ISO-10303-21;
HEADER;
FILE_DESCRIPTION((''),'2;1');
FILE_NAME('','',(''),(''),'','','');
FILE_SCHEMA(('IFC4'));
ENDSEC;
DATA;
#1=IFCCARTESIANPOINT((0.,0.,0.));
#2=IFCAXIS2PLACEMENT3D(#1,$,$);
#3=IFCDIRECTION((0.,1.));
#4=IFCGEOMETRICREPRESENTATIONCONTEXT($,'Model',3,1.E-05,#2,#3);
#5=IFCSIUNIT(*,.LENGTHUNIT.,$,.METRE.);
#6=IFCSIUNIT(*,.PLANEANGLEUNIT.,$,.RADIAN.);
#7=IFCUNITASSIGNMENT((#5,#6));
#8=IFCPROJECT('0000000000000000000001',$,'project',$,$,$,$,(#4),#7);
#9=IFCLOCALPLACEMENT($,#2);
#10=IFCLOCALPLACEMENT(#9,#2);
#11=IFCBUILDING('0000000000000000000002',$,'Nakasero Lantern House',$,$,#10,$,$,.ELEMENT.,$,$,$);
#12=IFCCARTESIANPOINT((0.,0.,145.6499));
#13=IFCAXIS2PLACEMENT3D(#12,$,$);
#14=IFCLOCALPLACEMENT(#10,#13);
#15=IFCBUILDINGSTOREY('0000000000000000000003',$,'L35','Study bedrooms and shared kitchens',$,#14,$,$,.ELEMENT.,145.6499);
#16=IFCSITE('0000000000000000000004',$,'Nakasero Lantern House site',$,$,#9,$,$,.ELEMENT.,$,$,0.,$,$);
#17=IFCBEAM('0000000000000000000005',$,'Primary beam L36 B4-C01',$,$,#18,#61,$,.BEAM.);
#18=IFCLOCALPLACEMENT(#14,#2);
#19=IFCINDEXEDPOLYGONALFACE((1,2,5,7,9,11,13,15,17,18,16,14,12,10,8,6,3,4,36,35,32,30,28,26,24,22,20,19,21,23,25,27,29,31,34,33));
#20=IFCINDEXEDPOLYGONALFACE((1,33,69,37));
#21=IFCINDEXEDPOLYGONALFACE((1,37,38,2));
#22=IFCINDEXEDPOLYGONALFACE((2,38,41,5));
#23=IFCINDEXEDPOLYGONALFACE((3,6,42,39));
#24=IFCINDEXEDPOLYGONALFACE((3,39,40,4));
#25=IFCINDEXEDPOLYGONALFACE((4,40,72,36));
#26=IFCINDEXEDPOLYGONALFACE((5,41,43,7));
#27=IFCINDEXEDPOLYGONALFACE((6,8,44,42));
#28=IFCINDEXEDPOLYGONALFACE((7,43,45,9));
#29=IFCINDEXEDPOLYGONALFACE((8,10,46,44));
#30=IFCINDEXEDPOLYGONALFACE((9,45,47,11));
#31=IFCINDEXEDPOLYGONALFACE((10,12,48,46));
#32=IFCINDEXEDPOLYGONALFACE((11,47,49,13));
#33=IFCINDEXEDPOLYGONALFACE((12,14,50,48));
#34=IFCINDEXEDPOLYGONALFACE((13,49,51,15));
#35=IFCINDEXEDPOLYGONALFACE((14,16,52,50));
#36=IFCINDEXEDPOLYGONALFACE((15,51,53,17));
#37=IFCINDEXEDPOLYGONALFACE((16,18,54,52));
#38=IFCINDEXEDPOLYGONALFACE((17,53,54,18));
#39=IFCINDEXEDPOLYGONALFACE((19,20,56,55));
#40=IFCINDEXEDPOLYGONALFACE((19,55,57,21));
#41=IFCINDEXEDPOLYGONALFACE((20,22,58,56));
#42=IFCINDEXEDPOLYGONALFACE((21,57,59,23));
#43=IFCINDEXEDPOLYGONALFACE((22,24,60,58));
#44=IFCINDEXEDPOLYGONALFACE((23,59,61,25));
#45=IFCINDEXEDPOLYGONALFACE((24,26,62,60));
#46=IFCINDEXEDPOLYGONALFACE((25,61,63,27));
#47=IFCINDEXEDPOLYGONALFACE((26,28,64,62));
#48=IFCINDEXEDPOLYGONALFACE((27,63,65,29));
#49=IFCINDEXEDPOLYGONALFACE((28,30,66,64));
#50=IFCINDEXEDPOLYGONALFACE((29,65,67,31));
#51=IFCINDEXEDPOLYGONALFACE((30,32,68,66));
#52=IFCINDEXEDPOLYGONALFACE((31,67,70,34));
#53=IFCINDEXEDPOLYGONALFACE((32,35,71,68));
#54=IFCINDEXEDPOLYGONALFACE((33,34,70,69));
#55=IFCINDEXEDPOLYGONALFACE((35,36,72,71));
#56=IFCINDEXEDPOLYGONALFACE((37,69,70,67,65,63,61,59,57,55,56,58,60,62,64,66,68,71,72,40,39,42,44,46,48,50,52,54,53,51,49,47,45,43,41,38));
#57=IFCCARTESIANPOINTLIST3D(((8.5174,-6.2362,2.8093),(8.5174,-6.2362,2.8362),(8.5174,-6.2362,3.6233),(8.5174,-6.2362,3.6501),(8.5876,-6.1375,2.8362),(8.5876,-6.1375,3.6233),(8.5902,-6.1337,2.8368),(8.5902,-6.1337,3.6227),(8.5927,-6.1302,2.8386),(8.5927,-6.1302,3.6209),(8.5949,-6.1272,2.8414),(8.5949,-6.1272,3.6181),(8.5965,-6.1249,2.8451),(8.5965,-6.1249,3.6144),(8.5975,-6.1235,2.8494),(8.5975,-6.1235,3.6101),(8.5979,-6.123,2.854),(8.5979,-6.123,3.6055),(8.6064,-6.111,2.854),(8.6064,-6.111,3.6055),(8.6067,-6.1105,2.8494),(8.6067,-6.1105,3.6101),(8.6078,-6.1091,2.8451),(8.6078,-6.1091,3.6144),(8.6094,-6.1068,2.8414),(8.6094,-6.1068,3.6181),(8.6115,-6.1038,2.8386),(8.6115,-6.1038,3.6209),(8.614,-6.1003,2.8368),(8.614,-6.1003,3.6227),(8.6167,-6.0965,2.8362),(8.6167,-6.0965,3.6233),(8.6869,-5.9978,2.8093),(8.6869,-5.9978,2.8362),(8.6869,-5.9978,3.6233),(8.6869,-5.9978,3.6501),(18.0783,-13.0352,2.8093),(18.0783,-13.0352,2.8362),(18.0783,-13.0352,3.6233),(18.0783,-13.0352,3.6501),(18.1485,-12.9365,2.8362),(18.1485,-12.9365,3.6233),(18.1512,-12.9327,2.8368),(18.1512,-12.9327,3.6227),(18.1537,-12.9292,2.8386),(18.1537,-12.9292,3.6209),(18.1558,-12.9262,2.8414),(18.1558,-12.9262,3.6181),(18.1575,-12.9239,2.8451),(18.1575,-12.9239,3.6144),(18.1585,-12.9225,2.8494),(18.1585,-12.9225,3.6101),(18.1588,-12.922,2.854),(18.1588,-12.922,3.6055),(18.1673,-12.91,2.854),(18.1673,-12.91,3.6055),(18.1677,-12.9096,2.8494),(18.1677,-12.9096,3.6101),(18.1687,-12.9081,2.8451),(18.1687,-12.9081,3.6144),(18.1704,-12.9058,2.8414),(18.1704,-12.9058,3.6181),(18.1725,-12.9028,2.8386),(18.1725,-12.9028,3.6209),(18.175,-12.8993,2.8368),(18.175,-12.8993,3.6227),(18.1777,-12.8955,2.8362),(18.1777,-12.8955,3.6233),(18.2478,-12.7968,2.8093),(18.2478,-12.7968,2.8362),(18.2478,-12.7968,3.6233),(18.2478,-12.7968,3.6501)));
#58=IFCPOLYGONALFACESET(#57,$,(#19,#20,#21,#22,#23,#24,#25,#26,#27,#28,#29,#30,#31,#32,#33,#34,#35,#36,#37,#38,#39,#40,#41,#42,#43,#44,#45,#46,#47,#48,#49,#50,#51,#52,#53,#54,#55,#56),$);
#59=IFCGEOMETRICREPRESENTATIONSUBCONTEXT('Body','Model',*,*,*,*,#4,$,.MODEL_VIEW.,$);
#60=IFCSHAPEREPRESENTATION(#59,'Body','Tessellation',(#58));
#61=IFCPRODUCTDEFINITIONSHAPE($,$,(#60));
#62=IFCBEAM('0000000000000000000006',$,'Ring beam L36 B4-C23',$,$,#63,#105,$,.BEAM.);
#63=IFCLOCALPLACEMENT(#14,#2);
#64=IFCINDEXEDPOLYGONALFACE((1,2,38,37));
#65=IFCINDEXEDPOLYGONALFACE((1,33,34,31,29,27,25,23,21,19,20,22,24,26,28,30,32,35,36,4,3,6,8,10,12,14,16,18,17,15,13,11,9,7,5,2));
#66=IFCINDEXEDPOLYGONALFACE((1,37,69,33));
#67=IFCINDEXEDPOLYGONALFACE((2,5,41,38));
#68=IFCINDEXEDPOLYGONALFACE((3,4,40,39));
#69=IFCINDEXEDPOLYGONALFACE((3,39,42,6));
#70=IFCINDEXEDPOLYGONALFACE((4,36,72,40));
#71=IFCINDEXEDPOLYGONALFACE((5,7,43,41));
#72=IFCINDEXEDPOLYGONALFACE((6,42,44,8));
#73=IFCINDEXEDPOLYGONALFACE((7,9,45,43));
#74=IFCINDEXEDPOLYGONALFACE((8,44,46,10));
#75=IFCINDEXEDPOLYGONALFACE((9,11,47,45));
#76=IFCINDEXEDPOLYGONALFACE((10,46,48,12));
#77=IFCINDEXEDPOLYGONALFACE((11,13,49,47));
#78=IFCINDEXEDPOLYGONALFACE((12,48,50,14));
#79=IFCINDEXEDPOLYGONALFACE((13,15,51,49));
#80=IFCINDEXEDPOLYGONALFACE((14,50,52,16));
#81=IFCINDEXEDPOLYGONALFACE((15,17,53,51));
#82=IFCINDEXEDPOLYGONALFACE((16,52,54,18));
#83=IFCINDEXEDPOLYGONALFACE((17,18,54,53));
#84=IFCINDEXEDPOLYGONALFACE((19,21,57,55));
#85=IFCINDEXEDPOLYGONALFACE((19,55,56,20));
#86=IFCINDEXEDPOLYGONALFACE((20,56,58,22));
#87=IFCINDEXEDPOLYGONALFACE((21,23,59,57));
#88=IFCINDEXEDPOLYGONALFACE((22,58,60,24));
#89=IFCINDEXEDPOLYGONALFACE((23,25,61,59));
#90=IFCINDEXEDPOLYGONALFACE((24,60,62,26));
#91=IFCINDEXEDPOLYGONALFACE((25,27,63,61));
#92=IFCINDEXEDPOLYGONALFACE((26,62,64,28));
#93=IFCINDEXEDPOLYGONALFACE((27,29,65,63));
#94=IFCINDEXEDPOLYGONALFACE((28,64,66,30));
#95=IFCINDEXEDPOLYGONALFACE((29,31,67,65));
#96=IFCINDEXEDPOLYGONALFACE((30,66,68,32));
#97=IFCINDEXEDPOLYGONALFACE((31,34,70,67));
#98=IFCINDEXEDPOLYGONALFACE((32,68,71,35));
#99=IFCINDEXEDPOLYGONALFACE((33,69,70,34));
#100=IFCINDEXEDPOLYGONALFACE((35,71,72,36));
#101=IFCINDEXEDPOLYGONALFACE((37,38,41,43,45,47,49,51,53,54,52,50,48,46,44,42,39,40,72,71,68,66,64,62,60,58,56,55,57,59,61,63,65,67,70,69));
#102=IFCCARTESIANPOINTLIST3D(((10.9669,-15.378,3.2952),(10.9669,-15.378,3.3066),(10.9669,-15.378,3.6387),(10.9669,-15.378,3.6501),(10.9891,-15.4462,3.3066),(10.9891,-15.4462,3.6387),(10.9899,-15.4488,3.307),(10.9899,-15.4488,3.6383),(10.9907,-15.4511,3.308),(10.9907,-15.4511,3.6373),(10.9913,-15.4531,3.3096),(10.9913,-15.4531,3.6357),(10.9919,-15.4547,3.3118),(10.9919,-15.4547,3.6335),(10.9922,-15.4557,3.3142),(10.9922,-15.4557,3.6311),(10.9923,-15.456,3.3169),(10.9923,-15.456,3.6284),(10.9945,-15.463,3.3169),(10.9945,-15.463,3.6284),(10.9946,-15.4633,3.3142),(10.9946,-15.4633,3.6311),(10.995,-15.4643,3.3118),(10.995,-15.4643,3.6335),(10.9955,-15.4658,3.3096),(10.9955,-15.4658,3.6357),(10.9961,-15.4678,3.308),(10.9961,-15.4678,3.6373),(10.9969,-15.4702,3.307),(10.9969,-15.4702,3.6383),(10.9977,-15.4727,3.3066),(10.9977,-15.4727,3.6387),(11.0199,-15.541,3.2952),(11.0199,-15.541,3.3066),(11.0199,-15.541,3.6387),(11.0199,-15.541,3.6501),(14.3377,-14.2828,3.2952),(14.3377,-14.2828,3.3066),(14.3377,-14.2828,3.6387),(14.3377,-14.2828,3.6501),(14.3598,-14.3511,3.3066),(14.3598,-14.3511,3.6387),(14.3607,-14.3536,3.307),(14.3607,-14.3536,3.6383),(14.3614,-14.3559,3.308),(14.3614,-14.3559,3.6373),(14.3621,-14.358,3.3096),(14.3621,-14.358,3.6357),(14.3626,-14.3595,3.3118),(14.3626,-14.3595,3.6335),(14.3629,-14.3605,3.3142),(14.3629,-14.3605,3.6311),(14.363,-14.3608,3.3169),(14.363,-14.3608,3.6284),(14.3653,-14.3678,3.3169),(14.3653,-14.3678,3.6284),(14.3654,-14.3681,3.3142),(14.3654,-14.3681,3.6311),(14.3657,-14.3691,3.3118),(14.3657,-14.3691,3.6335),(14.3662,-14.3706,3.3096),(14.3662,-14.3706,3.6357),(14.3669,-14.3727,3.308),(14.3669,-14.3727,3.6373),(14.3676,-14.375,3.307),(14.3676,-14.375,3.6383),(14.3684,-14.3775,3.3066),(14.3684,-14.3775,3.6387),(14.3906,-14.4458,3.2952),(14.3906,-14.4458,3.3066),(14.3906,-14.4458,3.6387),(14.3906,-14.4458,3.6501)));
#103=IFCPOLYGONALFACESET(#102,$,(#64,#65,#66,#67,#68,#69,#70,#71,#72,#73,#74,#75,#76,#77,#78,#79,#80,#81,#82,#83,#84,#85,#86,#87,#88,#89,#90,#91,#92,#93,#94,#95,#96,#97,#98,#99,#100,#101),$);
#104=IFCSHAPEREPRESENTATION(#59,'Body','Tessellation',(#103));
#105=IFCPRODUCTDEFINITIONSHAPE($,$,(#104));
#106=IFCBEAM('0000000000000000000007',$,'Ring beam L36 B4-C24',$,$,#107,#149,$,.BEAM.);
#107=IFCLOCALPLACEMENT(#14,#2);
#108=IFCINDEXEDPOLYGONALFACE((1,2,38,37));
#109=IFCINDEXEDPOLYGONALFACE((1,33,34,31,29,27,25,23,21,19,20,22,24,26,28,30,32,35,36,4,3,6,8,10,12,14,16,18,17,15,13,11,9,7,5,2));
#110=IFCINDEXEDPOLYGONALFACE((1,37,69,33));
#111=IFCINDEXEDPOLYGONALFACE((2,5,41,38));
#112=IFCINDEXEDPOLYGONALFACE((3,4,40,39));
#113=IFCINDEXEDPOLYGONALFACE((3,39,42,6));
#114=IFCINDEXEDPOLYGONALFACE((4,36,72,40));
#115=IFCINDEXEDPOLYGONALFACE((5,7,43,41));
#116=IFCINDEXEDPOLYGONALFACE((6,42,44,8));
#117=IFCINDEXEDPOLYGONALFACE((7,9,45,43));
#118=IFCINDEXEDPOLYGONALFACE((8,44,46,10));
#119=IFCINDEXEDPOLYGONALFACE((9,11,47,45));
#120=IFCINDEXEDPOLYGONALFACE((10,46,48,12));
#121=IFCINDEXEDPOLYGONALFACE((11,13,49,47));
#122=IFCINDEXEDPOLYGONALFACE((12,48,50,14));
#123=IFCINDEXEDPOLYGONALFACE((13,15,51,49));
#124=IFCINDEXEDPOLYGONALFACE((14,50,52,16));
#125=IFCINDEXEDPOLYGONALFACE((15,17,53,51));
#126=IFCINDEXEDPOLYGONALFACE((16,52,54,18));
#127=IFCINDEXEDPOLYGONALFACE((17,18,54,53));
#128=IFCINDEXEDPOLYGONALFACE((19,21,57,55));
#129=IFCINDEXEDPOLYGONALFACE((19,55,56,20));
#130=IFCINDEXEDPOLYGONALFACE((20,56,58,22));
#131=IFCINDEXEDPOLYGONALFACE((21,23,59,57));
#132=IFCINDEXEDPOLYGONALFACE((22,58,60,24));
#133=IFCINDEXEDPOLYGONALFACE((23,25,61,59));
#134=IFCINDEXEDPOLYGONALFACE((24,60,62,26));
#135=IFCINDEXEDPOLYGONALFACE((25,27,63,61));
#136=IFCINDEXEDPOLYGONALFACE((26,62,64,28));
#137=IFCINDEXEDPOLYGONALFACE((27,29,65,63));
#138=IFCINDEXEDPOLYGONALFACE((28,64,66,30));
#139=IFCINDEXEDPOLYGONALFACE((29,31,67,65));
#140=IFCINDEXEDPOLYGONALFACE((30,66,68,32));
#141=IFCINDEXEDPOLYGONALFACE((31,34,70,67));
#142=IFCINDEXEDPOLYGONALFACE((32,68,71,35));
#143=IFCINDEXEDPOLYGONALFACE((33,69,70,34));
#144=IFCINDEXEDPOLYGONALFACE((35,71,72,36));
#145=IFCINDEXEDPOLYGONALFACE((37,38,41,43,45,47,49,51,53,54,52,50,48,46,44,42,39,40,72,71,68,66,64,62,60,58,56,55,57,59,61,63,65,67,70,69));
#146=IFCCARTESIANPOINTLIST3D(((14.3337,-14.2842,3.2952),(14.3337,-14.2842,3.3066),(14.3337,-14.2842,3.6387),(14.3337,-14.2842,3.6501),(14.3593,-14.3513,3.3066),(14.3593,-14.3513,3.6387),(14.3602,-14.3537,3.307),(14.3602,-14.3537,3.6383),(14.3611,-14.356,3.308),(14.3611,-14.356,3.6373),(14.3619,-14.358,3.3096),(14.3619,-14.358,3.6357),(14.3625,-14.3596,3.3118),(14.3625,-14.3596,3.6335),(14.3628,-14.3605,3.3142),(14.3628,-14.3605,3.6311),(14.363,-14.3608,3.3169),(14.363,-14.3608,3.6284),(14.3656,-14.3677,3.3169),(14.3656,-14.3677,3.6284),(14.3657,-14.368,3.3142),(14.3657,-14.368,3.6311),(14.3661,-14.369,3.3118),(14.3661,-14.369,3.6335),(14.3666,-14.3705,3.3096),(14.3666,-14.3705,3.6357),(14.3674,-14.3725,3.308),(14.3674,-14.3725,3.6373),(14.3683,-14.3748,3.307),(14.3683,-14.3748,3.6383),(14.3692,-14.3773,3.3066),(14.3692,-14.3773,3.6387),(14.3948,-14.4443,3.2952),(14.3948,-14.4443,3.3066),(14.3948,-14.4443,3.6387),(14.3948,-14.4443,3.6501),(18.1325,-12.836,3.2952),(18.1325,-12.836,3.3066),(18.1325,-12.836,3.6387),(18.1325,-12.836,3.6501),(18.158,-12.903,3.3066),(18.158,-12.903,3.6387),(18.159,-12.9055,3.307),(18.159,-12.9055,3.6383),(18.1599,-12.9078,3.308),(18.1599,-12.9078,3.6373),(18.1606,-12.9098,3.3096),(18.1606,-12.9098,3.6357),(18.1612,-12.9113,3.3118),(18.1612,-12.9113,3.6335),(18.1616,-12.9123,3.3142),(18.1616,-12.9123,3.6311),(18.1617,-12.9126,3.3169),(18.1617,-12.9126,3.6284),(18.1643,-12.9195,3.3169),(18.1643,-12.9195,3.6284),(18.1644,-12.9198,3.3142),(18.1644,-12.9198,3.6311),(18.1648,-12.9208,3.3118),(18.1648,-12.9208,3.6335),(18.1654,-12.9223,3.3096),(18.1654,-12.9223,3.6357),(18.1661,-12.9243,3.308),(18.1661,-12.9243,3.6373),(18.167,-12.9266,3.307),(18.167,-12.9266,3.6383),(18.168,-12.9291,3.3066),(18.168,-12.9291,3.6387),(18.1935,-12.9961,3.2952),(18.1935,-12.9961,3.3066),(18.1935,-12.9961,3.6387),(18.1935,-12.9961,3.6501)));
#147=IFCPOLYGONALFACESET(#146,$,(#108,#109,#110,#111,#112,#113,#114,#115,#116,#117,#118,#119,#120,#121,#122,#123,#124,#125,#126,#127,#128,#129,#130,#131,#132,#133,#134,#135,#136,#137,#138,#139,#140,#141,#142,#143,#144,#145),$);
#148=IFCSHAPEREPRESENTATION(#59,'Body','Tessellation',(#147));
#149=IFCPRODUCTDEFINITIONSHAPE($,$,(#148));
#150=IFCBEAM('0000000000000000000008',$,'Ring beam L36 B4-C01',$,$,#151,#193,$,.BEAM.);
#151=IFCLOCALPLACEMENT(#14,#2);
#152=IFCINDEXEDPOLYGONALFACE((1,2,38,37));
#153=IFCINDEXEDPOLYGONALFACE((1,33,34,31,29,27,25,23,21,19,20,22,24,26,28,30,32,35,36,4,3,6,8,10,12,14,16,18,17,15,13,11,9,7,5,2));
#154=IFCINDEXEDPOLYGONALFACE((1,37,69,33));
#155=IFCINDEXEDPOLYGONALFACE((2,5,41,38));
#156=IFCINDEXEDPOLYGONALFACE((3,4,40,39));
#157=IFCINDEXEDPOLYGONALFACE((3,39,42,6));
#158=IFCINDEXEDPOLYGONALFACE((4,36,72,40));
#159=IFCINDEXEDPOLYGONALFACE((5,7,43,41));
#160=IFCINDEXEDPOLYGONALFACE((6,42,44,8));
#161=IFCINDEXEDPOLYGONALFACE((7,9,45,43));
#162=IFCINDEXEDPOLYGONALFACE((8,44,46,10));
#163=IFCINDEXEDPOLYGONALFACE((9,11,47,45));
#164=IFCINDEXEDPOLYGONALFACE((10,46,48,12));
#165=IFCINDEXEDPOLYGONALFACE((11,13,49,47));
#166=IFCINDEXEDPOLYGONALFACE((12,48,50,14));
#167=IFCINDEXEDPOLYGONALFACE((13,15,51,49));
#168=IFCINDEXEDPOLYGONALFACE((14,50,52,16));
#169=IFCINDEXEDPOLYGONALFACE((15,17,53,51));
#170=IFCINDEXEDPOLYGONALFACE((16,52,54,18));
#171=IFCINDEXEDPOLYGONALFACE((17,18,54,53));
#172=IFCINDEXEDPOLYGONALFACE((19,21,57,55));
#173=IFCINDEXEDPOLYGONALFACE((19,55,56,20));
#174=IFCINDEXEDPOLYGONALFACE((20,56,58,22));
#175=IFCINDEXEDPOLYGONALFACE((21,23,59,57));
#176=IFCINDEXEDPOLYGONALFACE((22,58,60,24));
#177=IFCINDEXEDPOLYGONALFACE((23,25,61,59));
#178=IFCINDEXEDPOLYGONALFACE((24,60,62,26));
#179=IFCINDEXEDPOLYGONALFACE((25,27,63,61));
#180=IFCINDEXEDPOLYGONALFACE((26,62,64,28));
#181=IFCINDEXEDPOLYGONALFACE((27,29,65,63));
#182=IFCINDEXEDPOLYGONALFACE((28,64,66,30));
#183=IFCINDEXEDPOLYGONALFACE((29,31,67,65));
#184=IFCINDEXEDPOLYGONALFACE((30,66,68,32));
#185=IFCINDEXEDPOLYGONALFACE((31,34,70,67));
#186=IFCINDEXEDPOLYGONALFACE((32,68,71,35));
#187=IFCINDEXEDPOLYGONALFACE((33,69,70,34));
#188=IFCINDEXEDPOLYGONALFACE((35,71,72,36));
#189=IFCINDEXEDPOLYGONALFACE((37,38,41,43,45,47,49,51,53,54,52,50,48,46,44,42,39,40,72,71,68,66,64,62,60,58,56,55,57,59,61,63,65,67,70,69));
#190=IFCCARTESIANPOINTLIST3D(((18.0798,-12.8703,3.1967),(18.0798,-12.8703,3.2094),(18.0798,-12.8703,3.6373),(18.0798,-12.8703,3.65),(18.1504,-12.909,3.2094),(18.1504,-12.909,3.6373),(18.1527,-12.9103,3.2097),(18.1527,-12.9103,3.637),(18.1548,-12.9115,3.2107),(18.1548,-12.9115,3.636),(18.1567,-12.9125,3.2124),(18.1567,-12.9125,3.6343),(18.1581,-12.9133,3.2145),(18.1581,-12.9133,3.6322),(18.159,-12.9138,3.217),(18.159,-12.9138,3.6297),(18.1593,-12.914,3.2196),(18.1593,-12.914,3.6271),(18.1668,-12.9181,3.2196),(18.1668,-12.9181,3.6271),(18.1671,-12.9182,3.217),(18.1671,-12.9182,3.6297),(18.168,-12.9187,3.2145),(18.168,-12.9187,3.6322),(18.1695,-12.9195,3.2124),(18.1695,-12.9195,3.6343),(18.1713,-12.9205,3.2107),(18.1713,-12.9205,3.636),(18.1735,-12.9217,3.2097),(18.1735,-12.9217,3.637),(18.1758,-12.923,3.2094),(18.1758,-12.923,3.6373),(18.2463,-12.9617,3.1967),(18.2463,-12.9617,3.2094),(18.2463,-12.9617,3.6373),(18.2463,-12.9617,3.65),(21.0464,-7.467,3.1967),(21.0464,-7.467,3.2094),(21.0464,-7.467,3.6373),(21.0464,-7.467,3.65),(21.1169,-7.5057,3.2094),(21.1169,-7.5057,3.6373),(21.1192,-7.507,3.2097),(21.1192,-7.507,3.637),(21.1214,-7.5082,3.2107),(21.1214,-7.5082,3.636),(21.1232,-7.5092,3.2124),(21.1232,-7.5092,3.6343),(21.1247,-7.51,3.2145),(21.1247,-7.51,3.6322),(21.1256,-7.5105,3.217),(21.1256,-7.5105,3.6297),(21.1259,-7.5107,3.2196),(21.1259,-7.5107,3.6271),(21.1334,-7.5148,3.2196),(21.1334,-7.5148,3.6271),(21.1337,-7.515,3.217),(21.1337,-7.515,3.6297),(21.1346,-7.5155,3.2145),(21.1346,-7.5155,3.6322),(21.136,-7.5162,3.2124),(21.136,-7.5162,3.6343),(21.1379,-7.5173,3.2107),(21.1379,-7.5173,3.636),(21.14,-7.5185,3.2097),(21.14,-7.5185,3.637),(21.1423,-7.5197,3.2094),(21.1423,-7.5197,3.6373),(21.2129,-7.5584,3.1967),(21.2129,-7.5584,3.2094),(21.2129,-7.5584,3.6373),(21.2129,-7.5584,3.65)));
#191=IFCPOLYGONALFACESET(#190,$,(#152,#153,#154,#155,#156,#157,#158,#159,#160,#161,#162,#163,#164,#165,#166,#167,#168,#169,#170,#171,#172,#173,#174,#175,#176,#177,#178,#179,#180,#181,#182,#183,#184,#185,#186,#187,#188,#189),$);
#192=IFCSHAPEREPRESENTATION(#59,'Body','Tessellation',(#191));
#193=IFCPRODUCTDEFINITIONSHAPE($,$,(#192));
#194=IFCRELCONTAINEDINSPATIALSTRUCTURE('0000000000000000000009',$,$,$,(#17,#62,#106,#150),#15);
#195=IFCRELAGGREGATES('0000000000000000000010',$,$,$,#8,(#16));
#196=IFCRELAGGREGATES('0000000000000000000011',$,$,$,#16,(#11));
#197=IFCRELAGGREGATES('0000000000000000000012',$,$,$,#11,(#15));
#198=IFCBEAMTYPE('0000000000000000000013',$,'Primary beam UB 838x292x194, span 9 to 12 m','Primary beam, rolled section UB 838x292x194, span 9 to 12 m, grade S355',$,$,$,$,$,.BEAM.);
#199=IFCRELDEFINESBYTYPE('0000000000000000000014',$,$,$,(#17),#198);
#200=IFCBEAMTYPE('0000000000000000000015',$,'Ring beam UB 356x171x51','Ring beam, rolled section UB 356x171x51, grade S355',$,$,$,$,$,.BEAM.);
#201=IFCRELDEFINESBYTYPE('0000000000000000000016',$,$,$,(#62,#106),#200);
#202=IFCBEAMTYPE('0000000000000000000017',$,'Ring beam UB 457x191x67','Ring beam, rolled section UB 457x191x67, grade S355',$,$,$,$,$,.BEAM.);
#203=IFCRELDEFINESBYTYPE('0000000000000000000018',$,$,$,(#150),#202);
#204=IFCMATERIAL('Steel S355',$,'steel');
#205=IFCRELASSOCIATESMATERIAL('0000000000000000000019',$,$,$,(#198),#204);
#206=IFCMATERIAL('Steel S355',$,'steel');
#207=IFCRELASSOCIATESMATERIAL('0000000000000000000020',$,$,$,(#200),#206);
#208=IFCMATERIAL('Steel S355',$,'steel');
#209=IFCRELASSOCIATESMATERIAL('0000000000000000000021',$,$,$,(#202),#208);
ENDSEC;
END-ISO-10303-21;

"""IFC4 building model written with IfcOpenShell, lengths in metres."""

from ifc_helpers import new_model, si_unit, direction, frame, origin, origin_2d, place, context, subcontext, project, spatial, i_section, extrude, material, material_profile, profile_set, type_object, element, save


model = new_model("IFC4")

# Units and contexts
model_context = context("Model", 3, precision=1e-05, world=origin(), true_north=direction((0.0, 1.0)))
body_context = subcontext(model_context, "Body", "Model", "MODEL_VIEW")
ifc_project = project(units=[si_unit("LENGTHUNIT", "METRE"), si_unit("PLANEANGLEUNIT", "RADIAN")], contexts=[model_context])

# Site, building, storey
site_placement = place(None, origin())
site = spatial("IfcSite", under=ifc_project, at=site_placement, Name="Nakasero Lantern House site", CompositionType="ELEMENT", RefElevation=0.0)
building_placement = place(site_placement, origin())
building = spatial("IfcBuilding", under=site, at=building_placement, Name="Nakasero Lantern House", CompositionType="ELEMENT")
storey_placement = place(building_placement, frame((0.0, 0.0, 145.6499)))
storey = spatial("IfcBuildingStorey", under=building, at=storey_placement, Name="L35", Description="Study bedrooms and shared kitchens", CompositionType="ELEMENT", Elevation=145.6499)

# Beams
ifc_material_1 = material(Name="Steel S355", Category="steel")
ifc_material_profile_1 = material_profile(ifc_material_1, i_section(OverallWidth=0.2925, OverallDepth=0.8408, WebThickness=0.0146, FlangeThickness=0.0269, FilletRadius=0.0178, at=origin_2d()), Name="UB 838x292x194")
ifc_profile_set_1 = profile_set([ifc_material_profile_1], Name="Steel S355")
beam_type_1 = type_object("IfcBeamType", Name="Primary beam UB 838x292x194, span 9 to 12 m", Description="Primary beam, rolled section UB 838x292x194, span 9 to 12 m, grade S355", PredefinedType="BEAM", material=ifc_profile_set_1)
beam_1_placement = place(storey_placement, frame((18.1631, -12.916, 3.2297), z_axis=(-0.814951, 0.57953, 0.0), x_axis=(-0.57953, -0.814951, 0.0)))
element("IfcBeam", 1, at=beam_1_placement, inside=storey, type_object=beam_type_1, Name="Primary beam L36 B4-C01", PredefinedType="BEAM", context=body_context, shape_type="SweptSolid", body=[
    extrude(i_section(OverallWidth=0.2925, OverallDepth=0.8408, WebThickness=0.0146, FlangeThickness=0.0269, FilletRadius=0.0178, at=origin_2d()), origin(), (0.0, 0.0, 1.0), 11.7319),
])
ifc_material_2 = material(Name="Steel S355", Category="steel")
ifc_material_profile_2 = material_profile(ifc_material_2, i_section(OverallWidth=0.1714, OverallDepth=0.355, WebThickness=0.0073, FlangeThickness=0.0115, FilletRadius=0.0103, at=origin_2d()), Name="UB 356x171x51")
ifc_profile_set_2 = profile_set([ifc_material_profile_2], Name="Steel S355")
beam_type_2 = type_object("IfcBeamType", Name="Ring beam UB 356x171x51", Description="Ring beam, rolled section UB 356x171x51, grade S355", PredefinedType="BEAM", material=ifc_profile_set_2)
beam_2_placement = place(storey_placement, frame((10.9934, -15.4595, 3.4727), z_axis=(0.95106, 0.309007, 0.0), x_axis=(-0.309007, 0.95106, 0.0)))
element("IfcBeam", 2, at=beam_2_placement, inside=storey, type_object=beam_type_2, Name="Ring beam L36 B4-C23", PredefinedType="BEAM", context=body_context, shape_type="SweptSolid", body=[
    extrude(i_section(OverallWidth=0.1714, OverallDepth=0.355, WebThickness=0.0073, FlangeThickness=0.0115, FilletRadius=0.0103, at=origin_2d()), origin(), (0.0, 0.0, 1.0), 3.5442),
])
beam_3_placement = place(storey_placement, frame((14.3643, -14.3643, 3.4727), z_axis=(0.9344, 0.356225, 0.0), x_axis=(-0.356225, 0.9344, 0.0)))
element("IfcBeam", 3, at=beam_3_placement, inside=storey, type_object=beam_type_2, Name="Ring beam L36 B4-C24", PredefinedType="BEAM", context=body_context, shape_type="SweptSolid", body=[
    extrude(i_section(OverallWidth=0.1714, OverallDepth=0.355, WebThickness=0.0073, FlangeThickness=0.0115, FilletRadius=0.0103, at=origin_2d()), origin(), (0.0, 0.0, 1.0), 4.0654),
])
ifc_material_3 = material(Name="Steel S355", Category="steel")
ifc_material_profile_3 = material_profile(ifc_material_3, i_section(OverallWidth=0.1899, OverallDepth=0.4534, WebThickness=0.0085, FlangeThickness=0.0127, FilletRadius=0.0103, at=origin_2d()), Name="UB 457x191x67")
ifc_profile_set_3 = profile_set([ifc_material_profile_3], Name="Steel S355")
beam_type_3 = type_object("IfcBeamType", Name="Ring beam UB 457x191x67", Description="Ring beam, rolled section UB 457x191x67, grade S355", PredefinedType="BEAM", material=ifc_profile_set_3)
beam_4_placement = place(storey_placement, frame((18.1631, -12.916, 3.4233), z_axis=(0.481262, 0.876577, 0.0), x_axis=(-0.876577, 0.481262, 0.0)))
element("IfcBeam", 4, at=beam_4_placement, inside=storey, type_object=beam_type_3, Name="Ring beam L36 B4-C01", PredefinedType="BEAM", context=body_context, shape_type="SweptSolid", body=[
    extrude(i_section(OverallWidth=0.1899, OverallDepth=0.4534, WebThickness=0.0085, FlangeThickness=0.0127, FilletRadius=0.0103, at=origin_2d()), origin(), (0.0, 0.0, 1.0), 6.1641),
])

save(model, "model.ifc")
